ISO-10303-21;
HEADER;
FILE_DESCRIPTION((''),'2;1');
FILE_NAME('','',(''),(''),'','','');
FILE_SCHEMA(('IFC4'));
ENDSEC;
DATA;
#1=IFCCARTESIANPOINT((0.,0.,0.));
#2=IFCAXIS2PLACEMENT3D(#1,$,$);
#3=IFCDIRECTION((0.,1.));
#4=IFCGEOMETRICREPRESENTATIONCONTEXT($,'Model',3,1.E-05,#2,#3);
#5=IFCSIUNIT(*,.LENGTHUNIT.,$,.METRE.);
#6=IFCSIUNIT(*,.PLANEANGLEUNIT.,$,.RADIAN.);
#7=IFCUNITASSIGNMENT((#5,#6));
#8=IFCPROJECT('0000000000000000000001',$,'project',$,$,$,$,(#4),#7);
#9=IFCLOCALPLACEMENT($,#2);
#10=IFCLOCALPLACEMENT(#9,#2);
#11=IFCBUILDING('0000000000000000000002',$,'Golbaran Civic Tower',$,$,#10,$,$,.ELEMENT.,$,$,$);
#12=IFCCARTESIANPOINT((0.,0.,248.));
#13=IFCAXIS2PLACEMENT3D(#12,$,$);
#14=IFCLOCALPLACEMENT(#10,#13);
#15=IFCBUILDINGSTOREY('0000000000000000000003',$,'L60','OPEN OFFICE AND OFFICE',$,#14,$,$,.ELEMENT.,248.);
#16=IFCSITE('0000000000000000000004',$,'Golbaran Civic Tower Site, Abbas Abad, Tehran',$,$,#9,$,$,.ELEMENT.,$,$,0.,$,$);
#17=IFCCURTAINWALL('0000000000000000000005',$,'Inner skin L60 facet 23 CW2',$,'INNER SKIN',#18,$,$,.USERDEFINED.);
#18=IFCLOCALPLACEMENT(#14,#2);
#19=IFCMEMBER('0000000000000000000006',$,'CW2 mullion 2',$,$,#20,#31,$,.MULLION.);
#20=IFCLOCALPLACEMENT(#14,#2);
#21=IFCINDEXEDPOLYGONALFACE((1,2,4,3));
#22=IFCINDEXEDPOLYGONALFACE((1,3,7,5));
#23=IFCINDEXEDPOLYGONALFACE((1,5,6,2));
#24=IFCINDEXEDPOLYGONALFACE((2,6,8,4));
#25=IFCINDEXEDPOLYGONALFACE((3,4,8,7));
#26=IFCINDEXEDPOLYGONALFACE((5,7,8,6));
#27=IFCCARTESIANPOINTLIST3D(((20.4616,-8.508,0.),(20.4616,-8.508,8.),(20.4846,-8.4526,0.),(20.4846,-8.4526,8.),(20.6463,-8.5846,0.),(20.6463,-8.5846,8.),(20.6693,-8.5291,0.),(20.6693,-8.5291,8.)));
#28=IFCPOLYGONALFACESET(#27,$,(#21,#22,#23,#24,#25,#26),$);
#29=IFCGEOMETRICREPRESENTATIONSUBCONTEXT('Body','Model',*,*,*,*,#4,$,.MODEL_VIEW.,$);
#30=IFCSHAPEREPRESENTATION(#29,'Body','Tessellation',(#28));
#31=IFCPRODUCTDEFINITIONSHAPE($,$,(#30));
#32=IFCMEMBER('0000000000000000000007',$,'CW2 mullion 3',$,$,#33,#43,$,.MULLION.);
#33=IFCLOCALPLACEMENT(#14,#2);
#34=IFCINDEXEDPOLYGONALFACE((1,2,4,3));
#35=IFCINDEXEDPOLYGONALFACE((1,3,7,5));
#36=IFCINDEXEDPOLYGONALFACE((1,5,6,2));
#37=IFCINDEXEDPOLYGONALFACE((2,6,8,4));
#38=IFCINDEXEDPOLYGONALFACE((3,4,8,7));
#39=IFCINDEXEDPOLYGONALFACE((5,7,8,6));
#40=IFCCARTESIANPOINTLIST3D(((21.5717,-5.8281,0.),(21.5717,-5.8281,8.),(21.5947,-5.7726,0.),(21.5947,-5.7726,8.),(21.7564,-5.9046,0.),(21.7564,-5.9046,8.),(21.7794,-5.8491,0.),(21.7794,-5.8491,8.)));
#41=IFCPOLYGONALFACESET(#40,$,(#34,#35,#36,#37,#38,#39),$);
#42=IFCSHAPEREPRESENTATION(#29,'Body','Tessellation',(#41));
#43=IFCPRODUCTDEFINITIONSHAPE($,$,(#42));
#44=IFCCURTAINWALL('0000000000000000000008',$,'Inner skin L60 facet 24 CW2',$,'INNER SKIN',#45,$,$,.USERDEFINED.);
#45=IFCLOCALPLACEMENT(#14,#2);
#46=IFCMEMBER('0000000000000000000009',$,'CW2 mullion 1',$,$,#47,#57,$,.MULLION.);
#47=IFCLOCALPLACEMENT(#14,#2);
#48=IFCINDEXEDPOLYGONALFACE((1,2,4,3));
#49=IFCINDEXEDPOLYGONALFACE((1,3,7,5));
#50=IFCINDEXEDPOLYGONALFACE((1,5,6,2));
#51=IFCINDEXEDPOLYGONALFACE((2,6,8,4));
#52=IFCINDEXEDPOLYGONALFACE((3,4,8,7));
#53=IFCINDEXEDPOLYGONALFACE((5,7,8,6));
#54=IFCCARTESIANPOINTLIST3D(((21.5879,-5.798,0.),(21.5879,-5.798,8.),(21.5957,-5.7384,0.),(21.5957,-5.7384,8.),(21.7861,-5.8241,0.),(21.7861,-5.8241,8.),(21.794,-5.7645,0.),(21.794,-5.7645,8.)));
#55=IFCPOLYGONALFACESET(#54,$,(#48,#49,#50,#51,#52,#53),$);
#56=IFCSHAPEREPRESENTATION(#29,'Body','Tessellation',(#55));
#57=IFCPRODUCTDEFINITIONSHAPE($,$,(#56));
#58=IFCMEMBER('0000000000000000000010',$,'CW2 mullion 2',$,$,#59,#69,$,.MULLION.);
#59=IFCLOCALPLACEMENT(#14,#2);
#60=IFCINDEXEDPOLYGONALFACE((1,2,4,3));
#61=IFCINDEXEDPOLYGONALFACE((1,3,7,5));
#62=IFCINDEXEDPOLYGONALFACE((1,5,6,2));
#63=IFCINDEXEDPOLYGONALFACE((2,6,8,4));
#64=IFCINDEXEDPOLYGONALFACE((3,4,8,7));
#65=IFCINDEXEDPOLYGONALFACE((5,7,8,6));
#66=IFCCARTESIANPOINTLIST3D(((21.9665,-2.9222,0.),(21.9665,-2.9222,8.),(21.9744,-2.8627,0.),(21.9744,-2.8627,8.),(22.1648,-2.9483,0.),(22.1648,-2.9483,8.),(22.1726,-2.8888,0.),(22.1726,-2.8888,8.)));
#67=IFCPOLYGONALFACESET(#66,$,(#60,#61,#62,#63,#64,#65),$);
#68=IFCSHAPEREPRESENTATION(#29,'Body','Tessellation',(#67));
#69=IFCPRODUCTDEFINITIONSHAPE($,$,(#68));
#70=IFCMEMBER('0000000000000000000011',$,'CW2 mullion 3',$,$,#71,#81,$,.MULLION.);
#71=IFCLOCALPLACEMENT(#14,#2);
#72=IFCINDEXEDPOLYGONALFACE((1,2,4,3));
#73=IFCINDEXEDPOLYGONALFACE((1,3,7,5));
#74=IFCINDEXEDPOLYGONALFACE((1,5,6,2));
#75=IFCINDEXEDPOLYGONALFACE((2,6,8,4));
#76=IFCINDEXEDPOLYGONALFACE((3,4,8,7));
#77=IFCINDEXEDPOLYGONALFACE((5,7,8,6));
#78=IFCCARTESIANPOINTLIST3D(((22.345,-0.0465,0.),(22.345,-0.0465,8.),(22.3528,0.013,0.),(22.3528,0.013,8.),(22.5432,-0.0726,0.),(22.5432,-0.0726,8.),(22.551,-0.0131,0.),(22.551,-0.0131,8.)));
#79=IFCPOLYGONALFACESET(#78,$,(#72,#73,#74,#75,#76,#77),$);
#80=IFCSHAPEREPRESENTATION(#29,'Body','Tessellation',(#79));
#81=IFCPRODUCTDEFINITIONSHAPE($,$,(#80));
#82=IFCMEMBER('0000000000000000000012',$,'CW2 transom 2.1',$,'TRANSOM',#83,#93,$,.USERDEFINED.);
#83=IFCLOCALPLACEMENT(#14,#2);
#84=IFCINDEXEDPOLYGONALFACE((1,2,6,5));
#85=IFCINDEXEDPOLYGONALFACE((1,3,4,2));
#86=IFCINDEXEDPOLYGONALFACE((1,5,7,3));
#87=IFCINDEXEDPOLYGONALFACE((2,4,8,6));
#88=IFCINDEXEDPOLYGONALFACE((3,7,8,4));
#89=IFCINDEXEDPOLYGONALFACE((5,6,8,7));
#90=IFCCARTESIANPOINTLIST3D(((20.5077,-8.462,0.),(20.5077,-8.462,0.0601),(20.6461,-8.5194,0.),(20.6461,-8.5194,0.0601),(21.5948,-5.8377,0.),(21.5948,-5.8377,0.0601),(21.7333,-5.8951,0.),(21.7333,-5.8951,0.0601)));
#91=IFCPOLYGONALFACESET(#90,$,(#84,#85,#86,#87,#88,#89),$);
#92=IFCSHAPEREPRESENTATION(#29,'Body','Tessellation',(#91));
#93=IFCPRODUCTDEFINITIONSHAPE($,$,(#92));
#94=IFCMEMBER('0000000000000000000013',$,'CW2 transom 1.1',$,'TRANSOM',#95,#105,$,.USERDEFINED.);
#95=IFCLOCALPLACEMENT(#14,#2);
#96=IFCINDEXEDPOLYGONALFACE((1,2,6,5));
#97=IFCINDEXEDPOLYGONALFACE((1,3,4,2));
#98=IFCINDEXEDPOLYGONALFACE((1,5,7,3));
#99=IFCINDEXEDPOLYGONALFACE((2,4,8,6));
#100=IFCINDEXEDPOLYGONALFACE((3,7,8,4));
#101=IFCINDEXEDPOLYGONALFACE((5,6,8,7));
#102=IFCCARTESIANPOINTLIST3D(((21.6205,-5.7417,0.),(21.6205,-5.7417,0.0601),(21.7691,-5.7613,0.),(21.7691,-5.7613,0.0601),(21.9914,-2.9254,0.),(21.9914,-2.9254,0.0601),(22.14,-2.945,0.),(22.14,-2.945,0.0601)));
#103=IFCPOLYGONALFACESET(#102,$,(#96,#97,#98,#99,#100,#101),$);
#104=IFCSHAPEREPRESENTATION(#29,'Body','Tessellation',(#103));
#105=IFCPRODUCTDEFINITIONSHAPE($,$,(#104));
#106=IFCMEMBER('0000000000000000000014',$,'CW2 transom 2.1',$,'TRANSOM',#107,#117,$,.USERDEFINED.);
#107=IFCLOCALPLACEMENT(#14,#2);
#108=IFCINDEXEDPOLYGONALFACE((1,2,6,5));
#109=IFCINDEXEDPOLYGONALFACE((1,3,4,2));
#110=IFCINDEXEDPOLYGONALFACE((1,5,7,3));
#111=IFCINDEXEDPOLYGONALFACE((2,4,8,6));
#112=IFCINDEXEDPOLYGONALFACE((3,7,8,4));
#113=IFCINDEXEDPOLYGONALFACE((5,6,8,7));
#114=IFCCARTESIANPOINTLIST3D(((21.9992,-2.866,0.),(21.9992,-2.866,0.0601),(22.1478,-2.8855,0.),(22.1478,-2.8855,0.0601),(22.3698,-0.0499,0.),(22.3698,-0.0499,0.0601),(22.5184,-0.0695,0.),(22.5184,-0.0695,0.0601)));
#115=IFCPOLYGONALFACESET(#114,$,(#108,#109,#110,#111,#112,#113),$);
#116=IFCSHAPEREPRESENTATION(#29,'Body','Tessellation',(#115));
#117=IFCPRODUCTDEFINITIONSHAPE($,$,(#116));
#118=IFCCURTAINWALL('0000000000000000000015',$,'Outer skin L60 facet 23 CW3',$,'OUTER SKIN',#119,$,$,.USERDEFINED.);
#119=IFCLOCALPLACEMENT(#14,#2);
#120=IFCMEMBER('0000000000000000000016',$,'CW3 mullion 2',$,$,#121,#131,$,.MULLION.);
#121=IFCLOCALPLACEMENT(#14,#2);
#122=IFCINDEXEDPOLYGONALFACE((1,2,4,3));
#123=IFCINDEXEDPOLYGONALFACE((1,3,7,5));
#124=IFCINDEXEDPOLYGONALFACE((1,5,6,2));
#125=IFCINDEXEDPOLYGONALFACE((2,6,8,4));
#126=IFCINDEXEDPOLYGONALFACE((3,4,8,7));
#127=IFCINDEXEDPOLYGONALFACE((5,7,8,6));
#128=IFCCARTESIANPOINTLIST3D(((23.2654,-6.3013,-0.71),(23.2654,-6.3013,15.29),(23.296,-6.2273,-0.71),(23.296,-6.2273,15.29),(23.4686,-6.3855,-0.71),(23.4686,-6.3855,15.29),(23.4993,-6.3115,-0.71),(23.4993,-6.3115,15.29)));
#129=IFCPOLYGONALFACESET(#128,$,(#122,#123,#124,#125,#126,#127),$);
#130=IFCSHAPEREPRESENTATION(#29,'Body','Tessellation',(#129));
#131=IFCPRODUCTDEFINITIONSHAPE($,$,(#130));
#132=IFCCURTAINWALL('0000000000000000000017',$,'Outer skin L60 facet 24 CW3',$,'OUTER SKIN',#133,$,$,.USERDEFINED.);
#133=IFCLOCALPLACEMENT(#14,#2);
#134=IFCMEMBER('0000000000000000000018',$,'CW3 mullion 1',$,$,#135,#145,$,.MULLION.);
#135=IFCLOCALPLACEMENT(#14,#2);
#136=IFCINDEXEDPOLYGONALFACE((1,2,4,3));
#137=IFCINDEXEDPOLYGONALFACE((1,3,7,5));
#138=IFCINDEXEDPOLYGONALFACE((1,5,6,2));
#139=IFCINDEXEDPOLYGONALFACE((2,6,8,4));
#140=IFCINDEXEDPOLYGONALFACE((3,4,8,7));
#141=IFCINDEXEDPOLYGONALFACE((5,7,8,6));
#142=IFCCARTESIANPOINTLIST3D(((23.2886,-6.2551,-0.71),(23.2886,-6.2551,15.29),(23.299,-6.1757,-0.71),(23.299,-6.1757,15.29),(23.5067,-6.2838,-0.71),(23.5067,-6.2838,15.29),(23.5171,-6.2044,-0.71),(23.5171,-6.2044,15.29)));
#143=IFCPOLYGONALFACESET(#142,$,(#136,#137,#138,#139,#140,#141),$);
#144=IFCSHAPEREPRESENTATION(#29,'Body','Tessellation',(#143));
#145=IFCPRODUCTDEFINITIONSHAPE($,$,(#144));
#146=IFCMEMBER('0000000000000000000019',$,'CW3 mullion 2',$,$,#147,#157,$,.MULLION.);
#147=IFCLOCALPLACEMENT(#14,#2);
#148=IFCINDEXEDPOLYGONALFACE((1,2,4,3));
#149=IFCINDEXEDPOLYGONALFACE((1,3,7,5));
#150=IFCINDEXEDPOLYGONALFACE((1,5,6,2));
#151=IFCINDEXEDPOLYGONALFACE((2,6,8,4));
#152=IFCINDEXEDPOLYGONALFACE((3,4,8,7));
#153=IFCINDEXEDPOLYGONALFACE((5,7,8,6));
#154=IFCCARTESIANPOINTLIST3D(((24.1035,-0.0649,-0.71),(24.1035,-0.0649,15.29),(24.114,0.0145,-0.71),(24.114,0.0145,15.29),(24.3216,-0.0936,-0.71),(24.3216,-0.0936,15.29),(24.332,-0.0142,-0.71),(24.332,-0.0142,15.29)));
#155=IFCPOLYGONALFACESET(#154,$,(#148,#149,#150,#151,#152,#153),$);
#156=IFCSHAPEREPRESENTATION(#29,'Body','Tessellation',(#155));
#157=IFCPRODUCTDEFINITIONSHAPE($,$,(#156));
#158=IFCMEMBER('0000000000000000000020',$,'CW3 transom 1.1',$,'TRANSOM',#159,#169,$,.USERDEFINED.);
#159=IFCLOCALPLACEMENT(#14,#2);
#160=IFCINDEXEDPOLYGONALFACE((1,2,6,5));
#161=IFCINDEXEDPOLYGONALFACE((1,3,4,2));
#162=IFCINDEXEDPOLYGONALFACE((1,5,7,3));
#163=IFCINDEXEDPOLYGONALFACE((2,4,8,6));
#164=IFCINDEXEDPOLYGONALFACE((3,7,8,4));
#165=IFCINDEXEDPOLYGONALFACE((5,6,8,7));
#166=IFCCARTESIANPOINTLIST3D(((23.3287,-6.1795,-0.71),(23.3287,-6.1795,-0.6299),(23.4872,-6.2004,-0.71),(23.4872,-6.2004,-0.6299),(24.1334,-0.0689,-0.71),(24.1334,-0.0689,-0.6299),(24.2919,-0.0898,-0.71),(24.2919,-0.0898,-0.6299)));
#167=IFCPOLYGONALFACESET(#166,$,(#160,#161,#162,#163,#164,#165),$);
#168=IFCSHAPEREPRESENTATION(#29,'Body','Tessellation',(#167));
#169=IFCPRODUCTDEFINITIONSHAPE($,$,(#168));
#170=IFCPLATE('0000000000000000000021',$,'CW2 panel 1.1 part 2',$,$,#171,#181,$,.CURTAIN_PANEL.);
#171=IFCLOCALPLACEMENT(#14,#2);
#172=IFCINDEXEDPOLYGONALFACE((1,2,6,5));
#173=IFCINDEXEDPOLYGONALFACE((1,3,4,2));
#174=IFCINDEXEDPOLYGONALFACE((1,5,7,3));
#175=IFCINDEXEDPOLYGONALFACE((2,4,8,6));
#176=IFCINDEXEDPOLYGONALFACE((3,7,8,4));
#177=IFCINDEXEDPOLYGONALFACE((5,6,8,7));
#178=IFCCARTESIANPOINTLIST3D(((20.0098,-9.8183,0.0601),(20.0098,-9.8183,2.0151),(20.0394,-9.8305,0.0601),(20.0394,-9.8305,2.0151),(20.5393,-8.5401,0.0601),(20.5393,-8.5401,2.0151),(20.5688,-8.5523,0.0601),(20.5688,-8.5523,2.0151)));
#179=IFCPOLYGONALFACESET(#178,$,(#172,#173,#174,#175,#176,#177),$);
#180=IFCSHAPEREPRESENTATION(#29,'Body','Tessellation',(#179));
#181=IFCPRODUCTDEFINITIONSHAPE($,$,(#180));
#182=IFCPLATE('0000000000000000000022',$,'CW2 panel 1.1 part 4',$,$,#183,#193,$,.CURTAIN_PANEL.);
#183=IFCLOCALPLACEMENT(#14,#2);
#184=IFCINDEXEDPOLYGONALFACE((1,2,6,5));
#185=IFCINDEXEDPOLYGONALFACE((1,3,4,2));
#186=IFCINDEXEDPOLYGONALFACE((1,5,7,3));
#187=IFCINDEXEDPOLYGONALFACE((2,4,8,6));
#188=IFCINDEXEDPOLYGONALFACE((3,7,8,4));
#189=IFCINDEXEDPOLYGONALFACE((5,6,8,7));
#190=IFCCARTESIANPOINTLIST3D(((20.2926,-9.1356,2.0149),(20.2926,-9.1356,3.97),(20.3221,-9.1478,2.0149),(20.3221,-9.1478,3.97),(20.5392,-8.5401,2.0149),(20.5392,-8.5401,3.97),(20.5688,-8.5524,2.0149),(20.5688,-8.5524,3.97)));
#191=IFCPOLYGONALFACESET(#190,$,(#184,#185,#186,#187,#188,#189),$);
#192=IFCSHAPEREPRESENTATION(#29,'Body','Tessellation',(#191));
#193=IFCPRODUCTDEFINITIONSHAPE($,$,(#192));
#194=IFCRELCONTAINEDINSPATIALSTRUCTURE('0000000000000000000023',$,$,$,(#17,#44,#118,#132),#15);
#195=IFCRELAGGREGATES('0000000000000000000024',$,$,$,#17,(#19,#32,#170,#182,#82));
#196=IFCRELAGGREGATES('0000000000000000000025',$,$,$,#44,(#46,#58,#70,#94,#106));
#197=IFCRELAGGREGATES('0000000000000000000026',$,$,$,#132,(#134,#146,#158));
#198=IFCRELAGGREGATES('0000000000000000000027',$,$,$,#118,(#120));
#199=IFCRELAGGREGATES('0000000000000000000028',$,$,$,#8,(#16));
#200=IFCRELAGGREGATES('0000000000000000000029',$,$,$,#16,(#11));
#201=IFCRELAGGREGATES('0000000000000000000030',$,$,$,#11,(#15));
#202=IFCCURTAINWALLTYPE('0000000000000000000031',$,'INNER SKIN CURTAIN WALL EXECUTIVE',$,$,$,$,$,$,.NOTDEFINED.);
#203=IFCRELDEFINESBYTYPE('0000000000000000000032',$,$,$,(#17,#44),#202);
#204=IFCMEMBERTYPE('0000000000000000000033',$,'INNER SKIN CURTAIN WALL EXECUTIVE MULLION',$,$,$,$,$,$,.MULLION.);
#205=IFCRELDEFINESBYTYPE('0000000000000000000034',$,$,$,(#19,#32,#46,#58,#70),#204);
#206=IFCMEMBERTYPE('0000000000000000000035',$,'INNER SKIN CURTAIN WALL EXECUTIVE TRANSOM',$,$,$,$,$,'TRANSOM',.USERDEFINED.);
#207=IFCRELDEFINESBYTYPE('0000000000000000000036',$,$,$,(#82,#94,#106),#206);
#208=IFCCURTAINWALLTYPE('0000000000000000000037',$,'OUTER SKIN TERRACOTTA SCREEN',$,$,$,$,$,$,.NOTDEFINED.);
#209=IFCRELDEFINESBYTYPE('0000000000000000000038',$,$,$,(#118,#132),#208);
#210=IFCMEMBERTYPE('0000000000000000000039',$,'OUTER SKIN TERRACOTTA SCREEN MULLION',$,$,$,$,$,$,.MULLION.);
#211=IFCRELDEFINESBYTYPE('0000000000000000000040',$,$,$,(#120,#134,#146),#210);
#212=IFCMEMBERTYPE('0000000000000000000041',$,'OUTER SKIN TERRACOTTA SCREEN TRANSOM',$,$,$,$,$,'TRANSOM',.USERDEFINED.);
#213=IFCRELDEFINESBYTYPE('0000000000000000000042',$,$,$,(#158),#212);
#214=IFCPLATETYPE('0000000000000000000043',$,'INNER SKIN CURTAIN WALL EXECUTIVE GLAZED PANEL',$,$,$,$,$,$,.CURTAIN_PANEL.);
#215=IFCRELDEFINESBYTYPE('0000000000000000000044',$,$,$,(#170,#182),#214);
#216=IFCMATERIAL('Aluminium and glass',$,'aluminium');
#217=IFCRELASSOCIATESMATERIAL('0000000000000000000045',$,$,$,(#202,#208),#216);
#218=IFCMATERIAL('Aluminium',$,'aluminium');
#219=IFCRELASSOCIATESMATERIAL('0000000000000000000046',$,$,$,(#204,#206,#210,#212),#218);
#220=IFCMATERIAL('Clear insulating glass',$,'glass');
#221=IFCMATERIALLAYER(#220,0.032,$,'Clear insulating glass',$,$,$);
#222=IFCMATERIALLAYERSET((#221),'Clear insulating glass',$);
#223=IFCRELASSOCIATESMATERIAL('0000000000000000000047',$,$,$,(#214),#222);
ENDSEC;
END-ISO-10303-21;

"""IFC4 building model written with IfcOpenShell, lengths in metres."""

from ifc_helpers import new_model, si_unit, direction, frame, origin, origin_2d, place, context, subcontext, project, spatial, rectangle, extrude, material, layer, layer_set, material_profile, profile_set, type_object, element, aggregate, save


model = new_model("IFC4")

# Units and contexts
model_context = context("Model", 3, precision=1e-05, world=origin(), true_north=direction((0.0, 1.0)))
body_context = subcontext(model_context, "Body", "Model", "MODEL_VIEW")
ifc_project = project(units=[si_unit("LENGTHUNIT", "METRE"), si_unit("PLANEANGLEUNIT", "RADIAN")], contexts=[model_context])

# Site, building, storey
site_placement = place(None, origin())
site = spatial("IfcSite", under=ifc_project, at=site_placement, Name="Golbaran Civic Tower Site, Abbas Abad, Tehran", CompositionType="ELEMENT", RefElevation=0.0)
building_placement = place(site_placement, origin())
building = spatial("IfcBuilding", under=site, at=building_placement, Name="Golbaran Civic Tower", CompositionType="ELEMENT")
storey_placement = place(building_placement, frame((0.0, 0.0, 248.0)))
storey = spatial("IfcBuildingStorey", under=building, at=storey_placement, Name="L60", Description="OPEN OFFICE AND OFFICE", CompositionType="ELEMENT", Elevation=248.0)

# Curtain walls, members
ifc_material_1 = material(Name="Aluminium and glass", Category="aluminium")
curtain_wall_type_1 = type_object("IfcCurtainWallType", Name="INNER SKIN CURTAIN WALL EXECUTIVE", PredefinedType="NOTDEFINED", material=ifc_material_1)
curtain_wall_1_placement = place(storey_placement, origin())
curtain_wall_1 = element("IfcCurtainWall", 1, at=curtain_wall_1_placement, inside=storey, type_object=curtain_wall_type_1, Name="Inner skin L60 facet 23 CW2", ObjectType="INNER SKIN", PredefinedType="USERDEFINED")
ifc_material_2 = material(Name="Aluminium", Category="aluminium")
ifc_material_profile_1 = material_profile(ifc_material_2, rectangle(XDim=0.2, YDim=0.0601, at=origin_2d()), Name="INNER SKIN CURTAIN WALL EXECUTIVE MULLION")
ifc_profile_set_1 = profile_set([ifc_material_profile_1], Name="Aluminium")
member_type_1 = type_object("IfcMemberType", Name="INNER SKIN CURTAIN WALL EXECUTIVE MULLION", PredefinedType="MULLION", material=ifc_profile_set_1)
member_1_placement = place(storey_placement, frame((20.5654, -8.5186, 0.0), z_axis=(0.0, 0.0, 1.0), x_axis=(-0.92388, 0.382683, 0.0)))
member_1 = element("IfcMember", 2, at=member_1_placement, type_object=member_type_1, Name="CW2 mullion 2", PredefinedType="MULLION", context=body_context, shape_type="SweptSolid", body=[
    extrude(rectangle(XDim=0.2, YDim=0.0601, at=origin_2d()), origin(), (0.0, 0.0, 1.0), 8.0),
])
member_2_placement = place(storey_placement, frame((21.6755, -5.8386, 0.0), z_axis=(0.0, 0.0, 1.0), x_axis=(-0.92388, 0.382683, 0.0)))
member_2 = element("IfcMember", 3, at=member_2_placement, type_object=member_type_1, Name="CW2 mullion 3", PredefinedType="MULLION", context=body_context, shape_type="SweptSolid", body=[
    extrude(rectangle(XDim=0.2, YDim=0.0601, at=origin_2d()), origin(), (0.0, 0.0, 1.0), 8.0),
])
curtain_wall_2_placement = place(storey_placement, origin())
curtain_wall_2 = element("IfcCurtainWall", 4, at=curtain_wall_2_placement, inside=storey, type_object=curtain_wall_type_1, Name="Inner skin L60 facet 24 CW2", ObjectType="INNER SKIN", PredefinedType="USERDEFINED")
member_3_placement = place(storey_placement, frame((21.6909, -5.7812, 0.0), z_axis=(0.0, 0.0, 1.0), x_axis=(-0.991445, 0.130526, 0.0)))
member_3 = element("IfcMember", 5, at=member_3_placement, type_object=member_type_1, Name="CW2 mullion 1", PredefinedType="MULLION", context=body_context, shape_type="SweptSolid", body=[
    extrude(rectangle(XDim=0.2, YDim=0.0601, at=origin_2d()), origin(), (0.0, 0.0, 1.0), 8.0),
])
member_4_placement = place(storey_placement, frame((22.0696, -2.9055, 0.0), z_axis=(0.0, 0.0, 1.0), x_axis=(-0.991445, 0.130526, 0.0)))
member_4 = element("IfcMember", 6, at=member_4_placement, type_object=member_type_1, Name="CW2 mullion 2", PredefinedType="MULLION", context=body_context, shape_type="SweptSolid", body=[
    extrude(rectangle(XDim=0.2, YDim=0.0601, at=origin_2d()), origin(), (0.0, 0.0, 1.0), 8.0),
])
member_5_placement = place(storey_placement, frame((22.448, -0.0298, 0.0), z_axis=(0.0, 0.0, 1.0), x_axis=(-0.991445, 0.130526, 0.0)))
member_5 = element("IfcMember", 7, at=member_5_placement, type_object=member_type_1, Name="CW2 mullion 3", PredefinedType="MULLION", context=body_context, shape_type="SweptSolid", body=[
    extrude(rectangle(XDim=0.2, YDim=0.0601, at=origin_2d()), origin(), (0.0, 0.0, 1.0), 8.0),
])

# Members
ifc_material_profile_2 = material_profile(ifc_material_2, rectangle(XDim=0.1499, YDim=0.0601, at=origin_2d()), Name="INNER SKIN CURTAIN WALL EXECUTIVE TRANSOM")
ifc_profile_set_2 = profile_set([ifc_material_profile_2], Name="Aluminium")
member_type_2 = type_object("IfcMemberType", Name="INNER SKIN CURTAIN WALL EXECUTIVE TRANSOM", ElementType="TRANSOM", PredefinedType="USERDEFINED", material=ifc_profile_set_2)
member_6_placement = place(storey_placement, frame((20.5769, -8.4907, 0.03), z_axis=(0.382729, 0.923861, 0.0), x_axis=(-0.923861, 0.382729, 0.0)))
member_6 = element("IfcMember", 8, at=member_6_placement, type_object=member_type_2, Name="CW2 transom 2.1", ObjectType="TRANSOM", PredefinedType="USERDEFINED", context=body_context, shape_type="SweptSolid", body=[
    extrude(rectangle(XDim=0.1499, YDim=0.0601, at=origin_2d()), origin(), (0.0, 0.0, 1.0), 2.8406),
])
member_7_placement = place(storey_placement, frame((21.6948, -5.7515, 0.03), z_axis=(0.130559, 0.991441, 0.0), x_axis=(-0.991441, 0.130559, 0.0)))
member_7 = element("IfcMember", 9, at=member_7_placement, type_object=member_type_2, Name="CW2 transom 1.1", ObjectType="TRANSOM", PredefinedType="USERDEFINED", context=body_context, shape_type="SweptSolid", body=[
    extrude(rectangle(XDim=0.1499, YDim=0.0601, at=origin_2d()), origin(), (0.0, 0.0, 1.0), 2.8406),
])
member_8_placement = place(storey_placement, frame((22.0735, -2.8757, 0.03), z_axis=(0.130475, 0.991452, 0.0), x_axis=(-0.991452, 0.130475, 0.0)))
member_8 = element("IfcMember", 10, at=member_8_placement, type_object=member_type_2, Name="CW2 transom 2.1", ObjectType="TRANSOM", PredefinedType="USERDEFINED", context=body_context, shape_type="SweptSolid", body=[
    extrude(rectangle(XDim=0.1499, YDim=0.0601, at=origin_2d()), origin(), (0.0, 0.0, 1.0), 2.8403),
])

# Curtain wall, member
curtain_wall_type_2 = type_object("IfcCurtainWallType", Name="OUTER SKIN TERRACOTTA SCREEN", PredefinedType="NOTDEFINED", material=ifc_material_1)
curtain_wall_3_placement = place(storey_placement, origin())
curtain_wall_3 = element("IfcCurtainWall", 11, at=curtain_wall_3_placement, inside=storey, type_object=curtain_wall_type_2, Name="Outer skin L60 facet 23 CW3", ObjectType="OUTER SKIN", PredefinedType="USERDEFINED")
ifc_material_profile_3 = material_profile(ifc_material_2, rectangle(XDim=0.22, YDim=0.0801, at=origin_2d()), Name="OUTER SKIN TERRACOTTA SCREEN MULLION")
ifc_profile_set_3 = profile_set([ifc_material_profile_3], Name="Aluminium")
member_type_3 = type_object("IfcMemberType", Name="OUTER SKIN TERRACOTTA SCREEN MULLION", PredefinedType="MULLION", material=ifc_profile_set_3)
member_9_placement = place(storey_placement, frame((23.3823, -6.3064, -0.71), z_axis=(0.0, 0.0, 1.0), x_axis=(-0.92388, 0.382683, 0.0)))
member_9 = element("IfcMember", 12, at=member_9_placement, type_object=member_type_3, Name="CW3 mullion 2", PredefinedType="MULLION", context=body_context, shape_type="SweptSolid", body=[
    extrude(rectangle(XDim=0.22, YDim=0.0801, at=origin_2d()), origin(), (0.0, 0.0, 1.0), 16.0),
])

# Curtain wall, members
curtain_wall_4_placement = place(storey_placement, origin())
curtain_wall_4 = element("IfcCurtainWall", 13, at=curtain_wall_4_placement, inside=storey, type_object=curtain_wall_type_2, Name="Outer skin L60 facet 24 CW3", ObjectType="OUTER SKIN", PredefinedType="USERDEFINED")
member_10_placement = place(storey_placement, frame((23.4028, -6.2297, -0.71), z_axis=(0.0, 0.0, 1.0), x_axis=(-0.991445, 0.130526, 0.0)))
member_10 = element("IfcMember", 14, at=member_10_placement, type_object=member_type_3, Name="CW3 mullion 1", PredefinedType="MULLION", context=body_context, shape_type="SweptSolid", body=[
    extrude(rectangle(XDim=0.22, YDim=0.0801, at=origin_2d()), origin(), (0.0, 0.0, 1.0), 16.0),
])
member_11_placement = place(storey_placement, frame((24.2178, -0.0396, -0.71), z_axis=(0.0, 0.0, 1.0), x_axis=(-0.991445, 0.130526, 0.0)))
member_11 = element("IfcMember", 15, at=member_11_placement, type_object=member_type_3, Name="CW3 mullion 2", PredefinedType="MULLION", context=body_context, shape_type="SweptSolid", body=[
    extrude(rectangle(XDim=0.22, YDim=0.0801, at=origin_2d()), origin(), (0.0, 0.0, 1.0), 16.0),
])
ifc_material_profile_4 = material_profile(ifc_material_2, rectangle(XDim=0.1599, YDim=0.0801, at=origin_2d()), Name="OUTER SKIN TERRACOTTA SCREEN TRANSOM")
ifc_profile_set_4 = profile_set([ifc_material_profile_4], Name="Aluminium")
member_type_4 = type_object("IfcMemberType", Name="OUTER SKIN TERRACOTTA SCREEN TRANSOM", ElementType="TRANSOM", PredefinedType="USERDEFINED", material=ifc_profile_set_4)
member_12_placement = place(storey_placement, frame((23.408, -6.1899, -0.6699), z_axis=(0.13056, 0.99144, 0.0), x_axis=(-0.99144, 0.13056, 0.0)))
member_12 = element("IfcMember", 16, at=member_12_placement, type_object=member_type_4, Name="CW3 transom 1.1", ObjectType="TRANSOM", PredefinedType="USERDEFINED", context=body_context, shape_type="SweptSolid", body=[
    extrude(rectangle(XDim=0.1599, YDim=0.0801, at=origin_2d()), origin(), (0.0, 0.0, 1.0), 6.1633),
])

# Plates
ifc_material_3 = material(Name="Clear insulating glass", Category="glass")
ifc_layer_1 = layer(ifc_material_3, 0.032, Name="Clear insulating glass")
ifc_layer_set_1 = layer_set([ifc_layer_1], Name="Clear insulating glass")
plate_type_1 = type_object("IfcPlateType", Name="INNER SKIN CURTAIN WALL EXECUTIVE GLAZED PANEL", PredefinedType="CURTAIN_PANEL", material=ifc_layer_set_1)
plate_1_placement = place(storey_placement, frame((20.2893, -9.1853, 0.0601), z_axis=(0.0, 0.0, 1.0), x_axis=(0.382683, 0.92388, 0.0)))
plate_1 = element("IfcPlate", 17, at=plate_1_placement, type_object=plate_type_1, Name="CW2 panel 1.1 part 2", PredefinedType="CURTAIN_PANEL", context=body_context, shape_type="SweptSolid", body=[
    extrude(rectangle(XDim=1.3835, YDim=0.032, at=origin_2d()), origin(), (0.0, 0.0, 1.0), 1.9551),
])
plate_2_placement = place(storey_placement, frame((20.4307, -8.844, 2.0149), z_axis=(0.0, 0.0, 1.0), x_axis=(0.382683, 0.92388, 0.0)))
plate_2 = element("IfcPlate", 18, at=plate_2_placement, type_object=plate_type_1, Name="CW2 panel 1.1 part 4", PredefinedType="CURTAIN_PANEL", context=body_context, shape_type="SweptSolid", body=[
    extrude(rectangle(XDim=0.6445, YDim=0.032, at=origin_2d()), origin(), (0.0, 0.0, 1.0), 1.9551),
])
aggregate(curtain_wall_1, [member_1, member_2, plate_1, plate_2, member_6])
aggregate(curtain_wall_2, [member_3, member_4, member_5, member_7, member_8])
aggregate(curtain_wall_4, [member_10, member_11, member_12])
aggregate(curtain_wall_3, [member_9])

save(model, "model.ifc")
